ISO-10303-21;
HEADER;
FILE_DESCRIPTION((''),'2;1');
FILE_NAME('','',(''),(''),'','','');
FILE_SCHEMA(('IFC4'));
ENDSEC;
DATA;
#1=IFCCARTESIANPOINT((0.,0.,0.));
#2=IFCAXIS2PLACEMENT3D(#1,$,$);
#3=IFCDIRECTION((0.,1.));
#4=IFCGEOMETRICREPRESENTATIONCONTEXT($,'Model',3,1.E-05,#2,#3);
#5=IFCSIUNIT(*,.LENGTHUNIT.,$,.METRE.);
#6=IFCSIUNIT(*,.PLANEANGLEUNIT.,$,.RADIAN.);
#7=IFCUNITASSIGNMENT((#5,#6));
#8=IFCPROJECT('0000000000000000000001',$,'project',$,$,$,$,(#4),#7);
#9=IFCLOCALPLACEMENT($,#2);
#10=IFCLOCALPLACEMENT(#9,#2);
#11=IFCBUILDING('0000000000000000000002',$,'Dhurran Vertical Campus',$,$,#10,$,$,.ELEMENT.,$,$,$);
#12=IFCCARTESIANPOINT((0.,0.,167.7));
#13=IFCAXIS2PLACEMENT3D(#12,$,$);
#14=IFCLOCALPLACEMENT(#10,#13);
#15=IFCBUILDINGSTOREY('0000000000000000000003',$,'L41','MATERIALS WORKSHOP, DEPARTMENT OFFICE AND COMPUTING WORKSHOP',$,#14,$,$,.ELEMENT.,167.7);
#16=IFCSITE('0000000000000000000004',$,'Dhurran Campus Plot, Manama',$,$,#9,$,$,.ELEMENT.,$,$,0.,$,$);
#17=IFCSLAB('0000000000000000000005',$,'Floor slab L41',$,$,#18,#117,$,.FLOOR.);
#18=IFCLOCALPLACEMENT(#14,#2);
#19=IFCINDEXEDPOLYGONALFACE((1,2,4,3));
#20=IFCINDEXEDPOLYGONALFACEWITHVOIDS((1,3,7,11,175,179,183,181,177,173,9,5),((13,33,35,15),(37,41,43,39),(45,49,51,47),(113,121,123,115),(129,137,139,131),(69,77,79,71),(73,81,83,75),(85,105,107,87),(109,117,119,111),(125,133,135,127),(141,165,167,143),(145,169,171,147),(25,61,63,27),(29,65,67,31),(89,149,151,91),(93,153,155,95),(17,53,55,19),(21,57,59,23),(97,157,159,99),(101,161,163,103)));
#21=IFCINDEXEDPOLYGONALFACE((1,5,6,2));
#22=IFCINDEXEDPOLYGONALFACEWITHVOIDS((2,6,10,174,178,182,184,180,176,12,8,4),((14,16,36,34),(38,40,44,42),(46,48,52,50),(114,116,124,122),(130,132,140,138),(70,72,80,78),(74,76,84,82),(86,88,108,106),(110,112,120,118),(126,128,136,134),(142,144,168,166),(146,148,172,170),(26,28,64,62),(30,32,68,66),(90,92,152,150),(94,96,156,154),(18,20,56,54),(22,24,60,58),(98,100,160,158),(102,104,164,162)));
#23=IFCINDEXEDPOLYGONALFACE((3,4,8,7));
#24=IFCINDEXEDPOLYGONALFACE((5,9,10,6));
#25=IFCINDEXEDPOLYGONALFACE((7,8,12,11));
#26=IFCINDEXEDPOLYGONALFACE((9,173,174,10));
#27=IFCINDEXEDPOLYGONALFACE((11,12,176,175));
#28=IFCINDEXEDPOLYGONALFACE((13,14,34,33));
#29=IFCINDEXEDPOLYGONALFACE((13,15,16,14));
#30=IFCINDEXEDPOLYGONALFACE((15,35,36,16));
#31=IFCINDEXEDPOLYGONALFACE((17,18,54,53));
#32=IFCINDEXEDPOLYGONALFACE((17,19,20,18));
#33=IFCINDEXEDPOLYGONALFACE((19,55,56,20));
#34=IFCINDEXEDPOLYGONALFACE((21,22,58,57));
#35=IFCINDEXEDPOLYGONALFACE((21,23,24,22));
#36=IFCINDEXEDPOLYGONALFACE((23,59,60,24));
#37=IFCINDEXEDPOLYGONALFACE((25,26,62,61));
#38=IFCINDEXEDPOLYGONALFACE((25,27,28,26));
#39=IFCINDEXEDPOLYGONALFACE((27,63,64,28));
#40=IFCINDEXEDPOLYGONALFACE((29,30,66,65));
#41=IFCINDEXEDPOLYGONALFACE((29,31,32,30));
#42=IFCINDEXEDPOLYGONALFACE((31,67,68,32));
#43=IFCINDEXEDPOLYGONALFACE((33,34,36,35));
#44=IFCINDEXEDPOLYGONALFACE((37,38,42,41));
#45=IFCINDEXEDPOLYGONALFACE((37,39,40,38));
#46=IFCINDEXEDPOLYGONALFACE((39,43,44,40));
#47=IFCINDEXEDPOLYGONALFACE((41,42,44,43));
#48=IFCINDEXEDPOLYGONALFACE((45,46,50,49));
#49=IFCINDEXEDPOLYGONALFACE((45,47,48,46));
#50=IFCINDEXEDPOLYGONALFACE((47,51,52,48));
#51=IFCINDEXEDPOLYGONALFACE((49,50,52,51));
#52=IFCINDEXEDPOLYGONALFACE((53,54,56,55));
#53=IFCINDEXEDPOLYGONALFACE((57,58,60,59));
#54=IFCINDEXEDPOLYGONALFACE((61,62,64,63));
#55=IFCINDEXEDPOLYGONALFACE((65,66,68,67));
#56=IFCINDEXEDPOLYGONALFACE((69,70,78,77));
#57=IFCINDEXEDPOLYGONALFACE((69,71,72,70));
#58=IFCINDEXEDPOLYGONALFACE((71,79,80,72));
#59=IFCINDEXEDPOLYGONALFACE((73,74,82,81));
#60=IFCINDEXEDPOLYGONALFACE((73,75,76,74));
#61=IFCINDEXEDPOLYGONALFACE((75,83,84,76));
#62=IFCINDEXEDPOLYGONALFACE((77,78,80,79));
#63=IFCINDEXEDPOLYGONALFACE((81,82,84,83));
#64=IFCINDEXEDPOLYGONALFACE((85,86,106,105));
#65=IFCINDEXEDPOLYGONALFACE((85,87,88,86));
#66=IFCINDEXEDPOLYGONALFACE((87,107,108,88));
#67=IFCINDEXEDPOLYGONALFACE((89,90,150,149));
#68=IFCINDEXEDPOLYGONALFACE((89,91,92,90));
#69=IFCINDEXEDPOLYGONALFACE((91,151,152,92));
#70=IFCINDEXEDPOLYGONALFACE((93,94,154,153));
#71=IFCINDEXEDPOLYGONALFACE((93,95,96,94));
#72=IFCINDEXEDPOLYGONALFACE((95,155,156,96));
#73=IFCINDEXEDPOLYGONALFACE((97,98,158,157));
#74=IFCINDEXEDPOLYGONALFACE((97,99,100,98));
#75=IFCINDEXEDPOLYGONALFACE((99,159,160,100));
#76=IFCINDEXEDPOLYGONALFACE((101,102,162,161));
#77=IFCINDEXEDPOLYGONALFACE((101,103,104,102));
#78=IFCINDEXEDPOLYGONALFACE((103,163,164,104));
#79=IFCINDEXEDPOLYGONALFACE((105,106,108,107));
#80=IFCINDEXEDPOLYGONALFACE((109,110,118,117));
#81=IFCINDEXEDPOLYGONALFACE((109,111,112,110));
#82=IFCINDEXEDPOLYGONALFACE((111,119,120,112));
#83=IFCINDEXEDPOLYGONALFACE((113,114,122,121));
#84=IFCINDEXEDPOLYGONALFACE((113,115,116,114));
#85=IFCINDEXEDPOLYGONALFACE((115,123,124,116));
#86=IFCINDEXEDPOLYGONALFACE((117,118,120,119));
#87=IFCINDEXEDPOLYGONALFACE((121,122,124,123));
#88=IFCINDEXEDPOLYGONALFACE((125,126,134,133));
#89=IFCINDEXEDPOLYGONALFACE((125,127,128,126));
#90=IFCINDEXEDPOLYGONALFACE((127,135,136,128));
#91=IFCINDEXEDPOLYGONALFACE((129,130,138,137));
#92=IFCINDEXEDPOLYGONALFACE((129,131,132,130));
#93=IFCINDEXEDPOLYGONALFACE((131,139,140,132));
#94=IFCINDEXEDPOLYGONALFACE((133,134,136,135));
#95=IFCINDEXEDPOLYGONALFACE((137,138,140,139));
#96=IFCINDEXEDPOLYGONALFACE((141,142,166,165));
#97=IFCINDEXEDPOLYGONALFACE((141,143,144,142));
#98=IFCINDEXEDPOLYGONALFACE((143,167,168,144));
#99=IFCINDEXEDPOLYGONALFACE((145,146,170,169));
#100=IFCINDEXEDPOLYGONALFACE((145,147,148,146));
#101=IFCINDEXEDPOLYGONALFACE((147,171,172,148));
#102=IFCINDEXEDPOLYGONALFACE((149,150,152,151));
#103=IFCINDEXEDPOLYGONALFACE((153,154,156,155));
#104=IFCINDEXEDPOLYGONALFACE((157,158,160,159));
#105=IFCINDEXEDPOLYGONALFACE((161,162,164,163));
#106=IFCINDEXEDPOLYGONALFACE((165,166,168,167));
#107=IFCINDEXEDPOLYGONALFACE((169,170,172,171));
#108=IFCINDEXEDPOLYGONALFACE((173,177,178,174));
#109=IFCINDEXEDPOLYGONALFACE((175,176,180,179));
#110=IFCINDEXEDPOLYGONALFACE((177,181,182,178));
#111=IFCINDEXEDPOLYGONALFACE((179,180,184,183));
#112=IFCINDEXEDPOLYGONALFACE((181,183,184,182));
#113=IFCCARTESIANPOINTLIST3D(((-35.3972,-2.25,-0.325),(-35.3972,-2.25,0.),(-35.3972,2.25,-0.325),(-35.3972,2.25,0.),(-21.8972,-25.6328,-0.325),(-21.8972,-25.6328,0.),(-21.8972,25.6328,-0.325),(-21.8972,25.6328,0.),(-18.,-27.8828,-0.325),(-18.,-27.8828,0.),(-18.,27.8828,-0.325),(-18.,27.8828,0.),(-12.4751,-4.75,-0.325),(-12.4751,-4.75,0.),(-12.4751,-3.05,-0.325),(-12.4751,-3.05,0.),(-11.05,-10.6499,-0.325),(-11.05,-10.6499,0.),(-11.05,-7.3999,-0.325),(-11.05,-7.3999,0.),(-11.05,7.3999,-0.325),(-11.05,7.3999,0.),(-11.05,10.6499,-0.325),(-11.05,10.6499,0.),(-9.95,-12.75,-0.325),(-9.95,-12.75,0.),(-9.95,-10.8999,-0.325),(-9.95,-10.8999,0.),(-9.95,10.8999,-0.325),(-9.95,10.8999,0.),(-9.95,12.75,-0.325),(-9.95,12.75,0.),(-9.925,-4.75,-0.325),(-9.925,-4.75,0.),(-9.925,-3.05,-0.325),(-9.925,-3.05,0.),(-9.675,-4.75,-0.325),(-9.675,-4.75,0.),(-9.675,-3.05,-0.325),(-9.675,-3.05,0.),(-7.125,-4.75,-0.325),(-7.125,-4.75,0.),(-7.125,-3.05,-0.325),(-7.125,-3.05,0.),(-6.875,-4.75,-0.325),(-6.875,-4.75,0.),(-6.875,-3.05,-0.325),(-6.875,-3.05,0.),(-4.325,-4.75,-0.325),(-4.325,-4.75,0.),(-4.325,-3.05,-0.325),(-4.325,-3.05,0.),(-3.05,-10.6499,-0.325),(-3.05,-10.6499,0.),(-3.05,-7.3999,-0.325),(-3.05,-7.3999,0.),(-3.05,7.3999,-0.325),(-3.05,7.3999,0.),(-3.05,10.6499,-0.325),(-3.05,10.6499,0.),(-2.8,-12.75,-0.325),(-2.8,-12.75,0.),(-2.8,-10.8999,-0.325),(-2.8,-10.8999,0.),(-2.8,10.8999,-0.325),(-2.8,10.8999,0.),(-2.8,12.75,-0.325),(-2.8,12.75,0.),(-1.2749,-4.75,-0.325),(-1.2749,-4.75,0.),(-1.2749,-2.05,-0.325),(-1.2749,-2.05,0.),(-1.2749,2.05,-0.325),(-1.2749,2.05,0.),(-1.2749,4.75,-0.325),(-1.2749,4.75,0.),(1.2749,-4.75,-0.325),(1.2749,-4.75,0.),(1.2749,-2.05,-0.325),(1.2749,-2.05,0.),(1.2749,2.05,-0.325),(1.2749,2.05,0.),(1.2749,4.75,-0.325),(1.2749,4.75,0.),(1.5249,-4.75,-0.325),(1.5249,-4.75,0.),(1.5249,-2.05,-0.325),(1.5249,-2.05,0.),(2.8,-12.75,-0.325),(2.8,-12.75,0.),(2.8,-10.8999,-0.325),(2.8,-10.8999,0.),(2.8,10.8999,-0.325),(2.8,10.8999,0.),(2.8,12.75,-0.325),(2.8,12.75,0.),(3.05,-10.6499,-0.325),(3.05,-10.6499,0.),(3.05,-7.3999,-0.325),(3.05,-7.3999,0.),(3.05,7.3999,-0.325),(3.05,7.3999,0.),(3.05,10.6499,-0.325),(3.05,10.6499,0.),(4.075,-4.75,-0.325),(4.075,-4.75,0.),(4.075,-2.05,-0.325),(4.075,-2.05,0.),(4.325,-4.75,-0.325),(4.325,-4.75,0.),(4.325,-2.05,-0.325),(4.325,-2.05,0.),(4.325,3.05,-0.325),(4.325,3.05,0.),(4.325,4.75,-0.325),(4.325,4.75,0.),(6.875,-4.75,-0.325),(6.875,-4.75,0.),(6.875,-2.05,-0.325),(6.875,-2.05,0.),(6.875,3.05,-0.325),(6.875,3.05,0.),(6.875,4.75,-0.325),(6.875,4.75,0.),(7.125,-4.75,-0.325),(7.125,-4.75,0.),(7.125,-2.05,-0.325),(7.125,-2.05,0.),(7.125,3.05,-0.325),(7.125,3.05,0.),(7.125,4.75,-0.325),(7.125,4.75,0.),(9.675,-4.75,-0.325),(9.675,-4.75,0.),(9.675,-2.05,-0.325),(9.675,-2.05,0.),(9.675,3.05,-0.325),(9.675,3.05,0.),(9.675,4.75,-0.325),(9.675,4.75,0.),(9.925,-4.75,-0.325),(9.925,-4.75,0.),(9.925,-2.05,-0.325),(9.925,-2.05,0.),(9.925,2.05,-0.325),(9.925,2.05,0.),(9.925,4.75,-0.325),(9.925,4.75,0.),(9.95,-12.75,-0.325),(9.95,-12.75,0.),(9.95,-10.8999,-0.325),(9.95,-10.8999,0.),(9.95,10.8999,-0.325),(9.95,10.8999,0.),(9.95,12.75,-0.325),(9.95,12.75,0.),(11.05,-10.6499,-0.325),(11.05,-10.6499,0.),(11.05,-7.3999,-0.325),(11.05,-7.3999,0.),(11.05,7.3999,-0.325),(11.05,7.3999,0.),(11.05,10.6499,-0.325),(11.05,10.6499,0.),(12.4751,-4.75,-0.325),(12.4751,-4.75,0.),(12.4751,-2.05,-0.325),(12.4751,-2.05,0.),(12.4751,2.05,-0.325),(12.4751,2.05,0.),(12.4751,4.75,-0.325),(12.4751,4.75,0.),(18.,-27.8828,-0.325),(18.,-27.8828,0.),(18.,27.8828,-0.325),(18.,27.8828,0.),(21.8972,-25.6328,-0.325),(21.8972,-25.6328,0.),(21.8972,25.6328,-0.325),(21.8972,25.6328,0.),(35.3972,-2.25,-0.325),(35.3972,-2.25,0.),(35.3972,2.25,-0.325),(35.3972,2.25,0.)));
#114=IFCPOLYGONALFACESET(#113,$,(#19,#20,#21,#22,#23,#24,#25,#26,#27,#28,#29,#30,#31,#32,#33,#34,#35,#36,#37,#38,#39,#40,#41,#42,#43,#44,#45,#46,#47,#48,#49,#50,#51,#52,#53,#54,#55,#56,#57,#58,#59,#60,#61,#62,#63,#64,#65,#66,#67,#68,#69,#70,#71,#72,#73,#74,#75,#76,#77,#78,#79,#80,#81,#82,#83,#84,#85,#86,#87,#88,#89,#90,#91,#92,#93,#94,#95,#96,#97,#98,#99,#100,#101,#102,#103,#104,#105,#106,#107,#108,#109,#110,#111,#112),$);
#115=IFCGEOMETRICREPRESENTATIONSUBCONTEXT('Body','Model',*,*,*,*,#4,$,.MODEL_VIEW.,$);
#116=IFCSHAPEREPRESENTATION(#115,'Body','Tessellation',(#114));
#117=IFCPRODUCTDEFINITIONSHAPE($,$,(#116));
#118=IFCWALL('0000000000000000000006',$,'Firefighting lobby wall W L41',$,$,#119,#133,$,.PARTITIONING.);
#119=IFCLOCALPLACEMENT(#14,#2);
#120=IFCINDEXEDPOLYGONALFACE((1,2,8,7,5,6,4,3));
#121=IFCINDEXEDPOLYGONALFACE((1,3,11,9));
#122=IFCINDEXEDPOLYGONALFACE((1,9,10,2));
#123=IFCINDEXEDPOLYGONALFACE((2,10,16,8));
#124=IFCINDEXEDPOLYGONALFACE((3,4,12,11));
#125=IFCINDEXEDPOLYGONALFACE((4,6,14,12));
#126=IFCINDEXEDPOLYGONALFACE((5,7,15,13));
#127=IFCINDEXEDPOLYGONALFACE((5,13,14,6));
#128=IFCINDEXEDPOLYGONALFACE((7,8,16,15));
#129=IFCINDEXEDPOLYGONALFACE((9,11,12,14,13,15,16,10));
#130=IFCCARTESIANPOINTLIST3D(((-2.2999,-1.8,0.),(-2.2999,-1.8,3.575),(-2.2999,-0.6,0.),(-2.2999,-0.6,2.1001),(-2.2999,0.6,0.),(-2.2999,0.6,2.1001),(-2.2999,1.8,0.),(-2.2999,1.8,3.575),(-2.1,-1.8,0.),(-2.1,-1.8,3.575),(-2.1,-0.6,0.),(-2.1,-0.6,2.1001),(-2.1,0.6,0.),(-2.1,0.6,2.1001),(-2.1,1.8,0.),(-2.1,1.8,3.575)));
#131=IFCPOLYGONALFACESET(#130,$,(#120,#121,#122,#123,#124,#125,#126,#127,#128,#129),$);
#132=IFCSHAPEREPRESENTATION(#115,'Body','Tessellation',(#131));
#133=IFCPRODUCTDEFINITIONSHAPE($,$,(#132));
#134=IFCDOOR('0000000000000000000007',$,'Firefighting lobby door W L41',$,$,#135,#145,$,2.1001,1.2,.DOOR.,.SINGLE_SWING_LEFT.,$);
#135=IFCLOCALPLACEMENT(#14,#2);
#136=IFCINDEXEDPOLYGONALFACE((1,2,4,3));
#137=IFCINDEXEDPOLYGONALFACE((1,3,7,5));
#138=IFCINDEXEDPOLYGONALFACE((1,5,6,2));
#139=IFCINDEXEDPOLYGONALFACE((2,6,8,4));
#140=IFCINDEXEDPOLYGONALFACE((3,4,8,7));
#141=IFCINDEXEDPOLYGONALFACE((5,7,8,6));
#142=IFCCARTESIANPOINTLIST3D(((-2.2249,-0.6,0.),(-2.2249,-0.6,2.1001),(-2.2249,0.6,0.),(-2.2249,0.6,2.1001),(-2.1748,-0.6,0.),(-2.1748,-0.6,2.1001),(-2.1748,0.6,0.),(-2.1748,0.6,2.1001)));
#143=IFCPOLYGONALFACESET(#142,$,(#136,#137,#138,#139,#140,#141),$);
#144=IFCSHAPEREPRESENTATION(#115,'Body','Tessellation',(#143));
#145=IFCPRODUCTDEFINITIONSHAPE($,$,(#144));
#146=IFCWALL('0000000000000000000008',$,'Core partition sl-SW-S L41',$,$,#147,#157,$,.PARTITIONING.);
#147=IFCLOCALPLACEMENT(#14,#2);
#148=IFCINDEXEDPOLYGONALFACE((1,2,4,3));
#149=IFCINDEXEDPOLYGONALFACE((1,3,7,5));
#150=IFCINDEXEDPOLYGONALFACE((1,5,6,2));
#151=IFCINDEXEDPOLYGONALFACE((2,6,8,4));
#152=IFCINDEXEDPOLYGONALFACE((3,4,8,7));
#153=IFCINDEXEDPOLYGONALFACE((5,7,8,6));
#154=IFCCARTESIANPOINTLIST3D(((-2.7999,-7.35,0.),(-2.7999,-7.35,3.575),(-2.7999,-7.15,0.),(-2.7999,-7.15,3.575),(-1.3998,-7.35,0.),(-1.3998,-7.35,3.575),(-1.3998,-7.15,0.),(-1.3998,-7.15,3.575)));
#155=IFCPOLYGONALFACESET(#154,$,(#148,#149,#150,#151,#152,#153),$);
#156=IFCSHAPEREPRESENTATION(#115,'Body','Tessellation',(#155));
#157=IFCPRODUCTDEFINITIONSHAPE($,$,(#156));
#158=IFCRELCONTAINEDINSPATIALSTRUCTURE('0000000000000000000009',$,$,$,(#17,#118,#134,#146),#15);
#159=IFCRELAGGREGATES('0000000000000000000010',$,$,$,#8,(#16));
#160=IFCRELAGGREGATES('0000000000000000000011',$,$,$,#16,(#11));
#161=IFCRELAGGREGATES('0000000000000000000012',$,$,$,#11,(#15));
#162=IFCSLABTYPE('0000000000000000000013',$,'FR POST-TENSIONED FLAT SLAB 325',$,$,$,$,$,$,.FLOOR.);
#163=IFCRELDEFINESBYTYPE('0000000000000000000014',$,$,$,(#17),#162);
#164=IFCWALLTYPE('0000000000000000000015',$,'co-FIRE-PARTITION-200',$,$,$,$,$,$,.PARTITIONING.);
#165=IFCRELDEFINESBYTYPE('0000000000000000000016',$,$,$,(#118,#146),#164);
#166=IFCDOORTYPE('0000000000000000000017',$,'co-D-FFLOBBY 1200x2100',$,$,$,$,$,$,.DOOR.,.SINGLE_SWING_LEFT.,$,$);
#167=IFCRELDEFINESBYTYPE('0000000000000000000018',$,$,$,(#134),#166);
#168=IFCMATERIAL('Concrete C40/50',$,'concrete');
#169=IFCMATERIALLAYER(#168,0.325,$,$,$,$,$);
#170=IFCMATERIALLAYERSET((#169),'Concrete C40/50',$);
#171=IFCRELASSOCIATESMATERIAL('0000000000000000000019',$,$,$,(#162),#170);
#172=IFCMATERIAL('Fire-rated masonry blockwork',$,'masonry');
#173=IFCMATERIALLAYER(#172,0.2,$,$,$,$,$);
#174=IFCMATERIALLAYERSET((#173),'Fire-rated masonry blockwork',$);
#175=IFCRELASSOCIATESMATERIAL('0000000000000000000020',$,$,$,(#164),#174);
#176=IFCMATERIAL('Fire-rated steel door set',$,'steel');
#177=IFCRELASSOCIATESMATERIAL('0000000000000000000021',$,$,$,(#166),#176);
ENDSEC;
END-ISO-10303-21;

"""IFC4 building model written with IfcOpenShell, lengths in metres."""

from ifc_helpers import new_model, si_unit, direction, frame, frame_2d, origin, place, context, subcontext, project, spatial, polyline, rectangle, outline, extrude, material, layer, layer_set, type_object, element, fill, save


model = new_model("IFC4")

# Units and contexts
model_context = context("Model", 3, precision=1e-05, world=origin(), true_north=direction((0.0, 1.0)))
body_context = subcontext(model_context, "Body", "Model", "MODEL_VIEW")
ifc_project = project(units=[si_unit("LENGTHUNIT", "METRE"), si_unit("PLANEANGLEUNIT", "RADIAN")], contexts=[model_context])

# Site, building, storey
site_placement = place(None, origin())
site = spatial("IfcSite", under=ifc_project, at=site_placement, Name="Dhurran Campus Plot, Manama", CompositionType="ELEMENT", RefElevation=0.0)
building_placement = place(site_placement, origin())
building = spatial("IfcBuilding", under=site, at=building_placement, Name="Dhurran Vertical Campus", CompositionType="ELEMENT")
storey_placement = place(building_placement, frame((0.0, 0.0, 167.7)))
storey = spatial("IfcBuildingStorey", under=building, at=storey_placement, Name="L41", Description="MATERIALS WORKSHOP, DEPARTMENT OFFICE AND COMPUTING WORKSHOP", CompositionType="ELEMENT", Elevation=167.7)

# Slab
ifc_material_1 = material(Name="Concrete C40/50", Category="concrete")
ifc_layer_1 = layer(ifc_material_1, 0.325)
ifc_layer_set_1 = layer_set([ifc_layer_1], Name="Concrete C40/50")
slab_type = type_object("IfcSlabType", Name="FR POST-TENSIONED FLAT SLAB 325", PredefinedType="FLOOR", material=ifc_layer_set_1)
slab_placement = place(storey_placement, frame((0.0, 0.0, -0.325)))
element("IfcSlab", 1, at=slab_placement, inside=storey, type_object=slab_type, Name="Floor slab L41", PredefinedType="FLOOR", context=body_context, shape_type="SweptSolid", body=[
    extrude(outline(polyline([(-18.0, -27.8828), (18.0, -27.8828), (21.8972, -25.6328), (35.3972, -2.25), (35.3972, 2.25), (21.8972, 25.6328), (18.0, 27.8828), (-18.0, 27.8828), (-21.8972, 25.6328), (-35.3972, 2.25), (-35.3972, -2.25), (-21.8972, -25.6328), (-18.0, -27.8828)]), holes=[polyline([(-1.2749, 2.05), (1.2749, 2.05), (1.2749, 4.75), (-1.2749, 4.75), (-1.2749, 2.05)]), polyline([(9.925, 2.05), (12.4751, 2.05), (12.4751, 4.75), (9.925, 4.75), (9.925, 2.05)]), polyline([(-1.2749, -4.75), (1.2749, -4.75), (1.2749, -2.05), (-1.2749, -2.05), (-1.2749, -4.75)]), polyline([(1.5249, -4.75), (4.075, -4.75), (4.075, -2.05), (1.5249, -2.05), (1.5249, -4.75)]), polyline([(4.325, -4.75), (6.875, -4.75), (6.875, -2.05), (4.325, -2.05), (4.325, -4.75)]), polyline([(7.125, -4.75), (9.675, -4.75), (9.675, -2.05), (7.125, -2.05), (7.125, -4.75)]), polyline([(9.925, -4.75), (12.4751, -4.75), (12.4751, -2.05), (9.925, -2.05), (9.925, -4.75)]), polyline([(4.325, 3.05), (6.875, 3.05), (6.875, 4.75), (4.325, 4.75), (4.325, 3.05)]), polyline([(7.125, 3.05), (9.675, 3.05), (9.675, 4.75), (7.125, 4.75), (7.125, 3.05)]), polyline([(-12.4751, -4.75), (-9.925, -4.75), (-9.925, -3.05), (-12.4751, -3.05), (-12.4751, -4.75)]), polyline([(-9.675, -4.75), (-7.125, -4.75), (-7.125, -3.05), (-9.675, -3.05), (-9.675, -4.75)]), polyline([(-6.875, -4.75), (-4.325, -4.75), (-4.325, -3.05), (-6.875, -3.05), (-6.875, -4.75)]), polyline([(-11.05, 7.3999), (-3.05, 7.3999), (-3.05, 10.6499), (-11.05, 10.6499), (-11.05, 7.3999)]), polyline([(3.05, 7.3999), (11.05, 7.3999), (11.05, 10.6499), (3.05, 10.6499), (3.05, 7.3999)]), polyline([(-11.05, -10.6499), (-3.05, -10.6499), (-3.05, -7.3999), (-11.05, -7.3999), (-11.05, -10.6499)]), polyline([(3.05, -10.6499), (11.05, -10.6499), (11.05, -7.3999), (3.05, -7.3999), (3.05, -10.6499)]), polyline([(-9.95, 10.8999), (-9.95, 12.75), (-2.8, 12.75), (-2.8, 10.8999), (-9.95, 10.8999)]), polyline([(9.95, 12.75), (9.95, 10.8999), (2.8, 10.8999), (2.8, 12.75), (9.95, 12.75)]), polyline([(-9.95, -12.75), (-9.95, -10.8999), (-2.8, -10.8999), (-2.8, -12.75), (-9.95, -12.75)]), polyline([(9.95, -10.8999), (9.95, -12.75), (2.8, -12.75), (2.8, -10.8999), (9.95, -10.8999)])]), origin(), (0.0, 0.0, 1.0), 0.325),
])

# Wall, opening, door
ifc_material_2 = material(Name="Fire-rated masonry blockwork", Category="masonry")
ifc_layer_2 = layer(ifc_material_2, 0.2)
ifc_layer_set_2 = layer_set([ifc_layer_2], Name="Fire-rated masonry blockwork")
wall_type_1 = type_object("IfcWallType", Name="co-FIRE-PARTITION-200", PredefinedType="PARTITIONING", material=ifc_layer_set_2)
wall_1_placement = place(storey_placement, frame((-2.2, -1.8, 0.0), z_axis=(0.0, 0.0, 1.0), x_axis=(0.0, 1.0, 0.0)))
wall_1 = element("IfcWall", 2, at=wall_1_placement, inside=storey, type_object=wall_type_1, Name="Firefighting lobby wall W L41", PredefinedType="PARTITIONING", context=body_context, shape_type="SweptSolid", body=[
    extrude(rectangle(XDim=3.6001, YDim=0.2, at=frame_2d((1.8, 0.0))), origin(), (0.0, 0.0, 1.0), 3.575),
])
opening_1_placement = place(wall_1_placement, frame((1.2, 0.0, 0.0)))
opening_1 = element("IfcOpeningElement", 3, at=opening_1_placement, cuts=wall_1, PredefinedType="OPENING", context=body_context, shape_type="SweptSolid", body=[
    extrude(rectangle(XDim=1.2, YDim=2.1001, at=frame_2d((0.6001, 1.05))), frame((0.0, 0.1099, 0.0), z_axis=(0.0, -1.0, 0.0), x_axis=(1.0, 0.0, 0.0)), (0.0, 0.0, 1.0), 0.22),
])
ifc_material_3 = material(Name="Fire-rated steel door set", Category="steel")
door_type_1 = type_object("IfcDoorType", Name="co-D-FFLOBBY 1200x2100", OperationType="SINGLE_SWING_LEFT", PredefinedType="DOOR", material=ifc_material_3)
door_1_placement = place(opening_1_placement, origin())
door_1 = element("IfcDoor", 4, at=door_1_placement, inside=storey, type_object=door_type_1, Name="Firefighting lobby door W L41", OperationType="SINGLE_SWING_LEFT", OverallHeight=2.1001, OverallWidth=1.2, PredefinedType="DOOR", context=body_context, shape_type="SweptSolid", body=[
    extrude(rectangle(XDim=1.2, YDim=2.1001, at=frame_2d((0.6001, 1.05))), frame((0.0, 0.0249, 0.0), z_axis=(0.0, -1.0, 0.0), x_axis=(1.0, 0.0, 0.0)), (0.0, 0.0, 1.0), 0.05),
])
fill(opening_1, door_1)

# Wall
wall_2_placement = place(storey_placement, frame((-2.8, -7.25, 0.0), z_axis=(0.0, 0.0, 1.0), x_axis=(1.0, 0.0, 0.0)))
element("IfcWall", 5, at=wall_2_placement, inside=storey, type_object=wall_type_1, Name="Core partition sl-SW-S L41", PredefinedType="PARTITIONING", context=body_context, shape_type="SweptSolid", body=[
    extrude(rectangle(XDim=1.4001, YDim=0.2, at=frame_2d((0.7002, 0.0))), origin(), (0.0, 0.0, 1.0), 3.575),
])

save(model, "model.ifc")
